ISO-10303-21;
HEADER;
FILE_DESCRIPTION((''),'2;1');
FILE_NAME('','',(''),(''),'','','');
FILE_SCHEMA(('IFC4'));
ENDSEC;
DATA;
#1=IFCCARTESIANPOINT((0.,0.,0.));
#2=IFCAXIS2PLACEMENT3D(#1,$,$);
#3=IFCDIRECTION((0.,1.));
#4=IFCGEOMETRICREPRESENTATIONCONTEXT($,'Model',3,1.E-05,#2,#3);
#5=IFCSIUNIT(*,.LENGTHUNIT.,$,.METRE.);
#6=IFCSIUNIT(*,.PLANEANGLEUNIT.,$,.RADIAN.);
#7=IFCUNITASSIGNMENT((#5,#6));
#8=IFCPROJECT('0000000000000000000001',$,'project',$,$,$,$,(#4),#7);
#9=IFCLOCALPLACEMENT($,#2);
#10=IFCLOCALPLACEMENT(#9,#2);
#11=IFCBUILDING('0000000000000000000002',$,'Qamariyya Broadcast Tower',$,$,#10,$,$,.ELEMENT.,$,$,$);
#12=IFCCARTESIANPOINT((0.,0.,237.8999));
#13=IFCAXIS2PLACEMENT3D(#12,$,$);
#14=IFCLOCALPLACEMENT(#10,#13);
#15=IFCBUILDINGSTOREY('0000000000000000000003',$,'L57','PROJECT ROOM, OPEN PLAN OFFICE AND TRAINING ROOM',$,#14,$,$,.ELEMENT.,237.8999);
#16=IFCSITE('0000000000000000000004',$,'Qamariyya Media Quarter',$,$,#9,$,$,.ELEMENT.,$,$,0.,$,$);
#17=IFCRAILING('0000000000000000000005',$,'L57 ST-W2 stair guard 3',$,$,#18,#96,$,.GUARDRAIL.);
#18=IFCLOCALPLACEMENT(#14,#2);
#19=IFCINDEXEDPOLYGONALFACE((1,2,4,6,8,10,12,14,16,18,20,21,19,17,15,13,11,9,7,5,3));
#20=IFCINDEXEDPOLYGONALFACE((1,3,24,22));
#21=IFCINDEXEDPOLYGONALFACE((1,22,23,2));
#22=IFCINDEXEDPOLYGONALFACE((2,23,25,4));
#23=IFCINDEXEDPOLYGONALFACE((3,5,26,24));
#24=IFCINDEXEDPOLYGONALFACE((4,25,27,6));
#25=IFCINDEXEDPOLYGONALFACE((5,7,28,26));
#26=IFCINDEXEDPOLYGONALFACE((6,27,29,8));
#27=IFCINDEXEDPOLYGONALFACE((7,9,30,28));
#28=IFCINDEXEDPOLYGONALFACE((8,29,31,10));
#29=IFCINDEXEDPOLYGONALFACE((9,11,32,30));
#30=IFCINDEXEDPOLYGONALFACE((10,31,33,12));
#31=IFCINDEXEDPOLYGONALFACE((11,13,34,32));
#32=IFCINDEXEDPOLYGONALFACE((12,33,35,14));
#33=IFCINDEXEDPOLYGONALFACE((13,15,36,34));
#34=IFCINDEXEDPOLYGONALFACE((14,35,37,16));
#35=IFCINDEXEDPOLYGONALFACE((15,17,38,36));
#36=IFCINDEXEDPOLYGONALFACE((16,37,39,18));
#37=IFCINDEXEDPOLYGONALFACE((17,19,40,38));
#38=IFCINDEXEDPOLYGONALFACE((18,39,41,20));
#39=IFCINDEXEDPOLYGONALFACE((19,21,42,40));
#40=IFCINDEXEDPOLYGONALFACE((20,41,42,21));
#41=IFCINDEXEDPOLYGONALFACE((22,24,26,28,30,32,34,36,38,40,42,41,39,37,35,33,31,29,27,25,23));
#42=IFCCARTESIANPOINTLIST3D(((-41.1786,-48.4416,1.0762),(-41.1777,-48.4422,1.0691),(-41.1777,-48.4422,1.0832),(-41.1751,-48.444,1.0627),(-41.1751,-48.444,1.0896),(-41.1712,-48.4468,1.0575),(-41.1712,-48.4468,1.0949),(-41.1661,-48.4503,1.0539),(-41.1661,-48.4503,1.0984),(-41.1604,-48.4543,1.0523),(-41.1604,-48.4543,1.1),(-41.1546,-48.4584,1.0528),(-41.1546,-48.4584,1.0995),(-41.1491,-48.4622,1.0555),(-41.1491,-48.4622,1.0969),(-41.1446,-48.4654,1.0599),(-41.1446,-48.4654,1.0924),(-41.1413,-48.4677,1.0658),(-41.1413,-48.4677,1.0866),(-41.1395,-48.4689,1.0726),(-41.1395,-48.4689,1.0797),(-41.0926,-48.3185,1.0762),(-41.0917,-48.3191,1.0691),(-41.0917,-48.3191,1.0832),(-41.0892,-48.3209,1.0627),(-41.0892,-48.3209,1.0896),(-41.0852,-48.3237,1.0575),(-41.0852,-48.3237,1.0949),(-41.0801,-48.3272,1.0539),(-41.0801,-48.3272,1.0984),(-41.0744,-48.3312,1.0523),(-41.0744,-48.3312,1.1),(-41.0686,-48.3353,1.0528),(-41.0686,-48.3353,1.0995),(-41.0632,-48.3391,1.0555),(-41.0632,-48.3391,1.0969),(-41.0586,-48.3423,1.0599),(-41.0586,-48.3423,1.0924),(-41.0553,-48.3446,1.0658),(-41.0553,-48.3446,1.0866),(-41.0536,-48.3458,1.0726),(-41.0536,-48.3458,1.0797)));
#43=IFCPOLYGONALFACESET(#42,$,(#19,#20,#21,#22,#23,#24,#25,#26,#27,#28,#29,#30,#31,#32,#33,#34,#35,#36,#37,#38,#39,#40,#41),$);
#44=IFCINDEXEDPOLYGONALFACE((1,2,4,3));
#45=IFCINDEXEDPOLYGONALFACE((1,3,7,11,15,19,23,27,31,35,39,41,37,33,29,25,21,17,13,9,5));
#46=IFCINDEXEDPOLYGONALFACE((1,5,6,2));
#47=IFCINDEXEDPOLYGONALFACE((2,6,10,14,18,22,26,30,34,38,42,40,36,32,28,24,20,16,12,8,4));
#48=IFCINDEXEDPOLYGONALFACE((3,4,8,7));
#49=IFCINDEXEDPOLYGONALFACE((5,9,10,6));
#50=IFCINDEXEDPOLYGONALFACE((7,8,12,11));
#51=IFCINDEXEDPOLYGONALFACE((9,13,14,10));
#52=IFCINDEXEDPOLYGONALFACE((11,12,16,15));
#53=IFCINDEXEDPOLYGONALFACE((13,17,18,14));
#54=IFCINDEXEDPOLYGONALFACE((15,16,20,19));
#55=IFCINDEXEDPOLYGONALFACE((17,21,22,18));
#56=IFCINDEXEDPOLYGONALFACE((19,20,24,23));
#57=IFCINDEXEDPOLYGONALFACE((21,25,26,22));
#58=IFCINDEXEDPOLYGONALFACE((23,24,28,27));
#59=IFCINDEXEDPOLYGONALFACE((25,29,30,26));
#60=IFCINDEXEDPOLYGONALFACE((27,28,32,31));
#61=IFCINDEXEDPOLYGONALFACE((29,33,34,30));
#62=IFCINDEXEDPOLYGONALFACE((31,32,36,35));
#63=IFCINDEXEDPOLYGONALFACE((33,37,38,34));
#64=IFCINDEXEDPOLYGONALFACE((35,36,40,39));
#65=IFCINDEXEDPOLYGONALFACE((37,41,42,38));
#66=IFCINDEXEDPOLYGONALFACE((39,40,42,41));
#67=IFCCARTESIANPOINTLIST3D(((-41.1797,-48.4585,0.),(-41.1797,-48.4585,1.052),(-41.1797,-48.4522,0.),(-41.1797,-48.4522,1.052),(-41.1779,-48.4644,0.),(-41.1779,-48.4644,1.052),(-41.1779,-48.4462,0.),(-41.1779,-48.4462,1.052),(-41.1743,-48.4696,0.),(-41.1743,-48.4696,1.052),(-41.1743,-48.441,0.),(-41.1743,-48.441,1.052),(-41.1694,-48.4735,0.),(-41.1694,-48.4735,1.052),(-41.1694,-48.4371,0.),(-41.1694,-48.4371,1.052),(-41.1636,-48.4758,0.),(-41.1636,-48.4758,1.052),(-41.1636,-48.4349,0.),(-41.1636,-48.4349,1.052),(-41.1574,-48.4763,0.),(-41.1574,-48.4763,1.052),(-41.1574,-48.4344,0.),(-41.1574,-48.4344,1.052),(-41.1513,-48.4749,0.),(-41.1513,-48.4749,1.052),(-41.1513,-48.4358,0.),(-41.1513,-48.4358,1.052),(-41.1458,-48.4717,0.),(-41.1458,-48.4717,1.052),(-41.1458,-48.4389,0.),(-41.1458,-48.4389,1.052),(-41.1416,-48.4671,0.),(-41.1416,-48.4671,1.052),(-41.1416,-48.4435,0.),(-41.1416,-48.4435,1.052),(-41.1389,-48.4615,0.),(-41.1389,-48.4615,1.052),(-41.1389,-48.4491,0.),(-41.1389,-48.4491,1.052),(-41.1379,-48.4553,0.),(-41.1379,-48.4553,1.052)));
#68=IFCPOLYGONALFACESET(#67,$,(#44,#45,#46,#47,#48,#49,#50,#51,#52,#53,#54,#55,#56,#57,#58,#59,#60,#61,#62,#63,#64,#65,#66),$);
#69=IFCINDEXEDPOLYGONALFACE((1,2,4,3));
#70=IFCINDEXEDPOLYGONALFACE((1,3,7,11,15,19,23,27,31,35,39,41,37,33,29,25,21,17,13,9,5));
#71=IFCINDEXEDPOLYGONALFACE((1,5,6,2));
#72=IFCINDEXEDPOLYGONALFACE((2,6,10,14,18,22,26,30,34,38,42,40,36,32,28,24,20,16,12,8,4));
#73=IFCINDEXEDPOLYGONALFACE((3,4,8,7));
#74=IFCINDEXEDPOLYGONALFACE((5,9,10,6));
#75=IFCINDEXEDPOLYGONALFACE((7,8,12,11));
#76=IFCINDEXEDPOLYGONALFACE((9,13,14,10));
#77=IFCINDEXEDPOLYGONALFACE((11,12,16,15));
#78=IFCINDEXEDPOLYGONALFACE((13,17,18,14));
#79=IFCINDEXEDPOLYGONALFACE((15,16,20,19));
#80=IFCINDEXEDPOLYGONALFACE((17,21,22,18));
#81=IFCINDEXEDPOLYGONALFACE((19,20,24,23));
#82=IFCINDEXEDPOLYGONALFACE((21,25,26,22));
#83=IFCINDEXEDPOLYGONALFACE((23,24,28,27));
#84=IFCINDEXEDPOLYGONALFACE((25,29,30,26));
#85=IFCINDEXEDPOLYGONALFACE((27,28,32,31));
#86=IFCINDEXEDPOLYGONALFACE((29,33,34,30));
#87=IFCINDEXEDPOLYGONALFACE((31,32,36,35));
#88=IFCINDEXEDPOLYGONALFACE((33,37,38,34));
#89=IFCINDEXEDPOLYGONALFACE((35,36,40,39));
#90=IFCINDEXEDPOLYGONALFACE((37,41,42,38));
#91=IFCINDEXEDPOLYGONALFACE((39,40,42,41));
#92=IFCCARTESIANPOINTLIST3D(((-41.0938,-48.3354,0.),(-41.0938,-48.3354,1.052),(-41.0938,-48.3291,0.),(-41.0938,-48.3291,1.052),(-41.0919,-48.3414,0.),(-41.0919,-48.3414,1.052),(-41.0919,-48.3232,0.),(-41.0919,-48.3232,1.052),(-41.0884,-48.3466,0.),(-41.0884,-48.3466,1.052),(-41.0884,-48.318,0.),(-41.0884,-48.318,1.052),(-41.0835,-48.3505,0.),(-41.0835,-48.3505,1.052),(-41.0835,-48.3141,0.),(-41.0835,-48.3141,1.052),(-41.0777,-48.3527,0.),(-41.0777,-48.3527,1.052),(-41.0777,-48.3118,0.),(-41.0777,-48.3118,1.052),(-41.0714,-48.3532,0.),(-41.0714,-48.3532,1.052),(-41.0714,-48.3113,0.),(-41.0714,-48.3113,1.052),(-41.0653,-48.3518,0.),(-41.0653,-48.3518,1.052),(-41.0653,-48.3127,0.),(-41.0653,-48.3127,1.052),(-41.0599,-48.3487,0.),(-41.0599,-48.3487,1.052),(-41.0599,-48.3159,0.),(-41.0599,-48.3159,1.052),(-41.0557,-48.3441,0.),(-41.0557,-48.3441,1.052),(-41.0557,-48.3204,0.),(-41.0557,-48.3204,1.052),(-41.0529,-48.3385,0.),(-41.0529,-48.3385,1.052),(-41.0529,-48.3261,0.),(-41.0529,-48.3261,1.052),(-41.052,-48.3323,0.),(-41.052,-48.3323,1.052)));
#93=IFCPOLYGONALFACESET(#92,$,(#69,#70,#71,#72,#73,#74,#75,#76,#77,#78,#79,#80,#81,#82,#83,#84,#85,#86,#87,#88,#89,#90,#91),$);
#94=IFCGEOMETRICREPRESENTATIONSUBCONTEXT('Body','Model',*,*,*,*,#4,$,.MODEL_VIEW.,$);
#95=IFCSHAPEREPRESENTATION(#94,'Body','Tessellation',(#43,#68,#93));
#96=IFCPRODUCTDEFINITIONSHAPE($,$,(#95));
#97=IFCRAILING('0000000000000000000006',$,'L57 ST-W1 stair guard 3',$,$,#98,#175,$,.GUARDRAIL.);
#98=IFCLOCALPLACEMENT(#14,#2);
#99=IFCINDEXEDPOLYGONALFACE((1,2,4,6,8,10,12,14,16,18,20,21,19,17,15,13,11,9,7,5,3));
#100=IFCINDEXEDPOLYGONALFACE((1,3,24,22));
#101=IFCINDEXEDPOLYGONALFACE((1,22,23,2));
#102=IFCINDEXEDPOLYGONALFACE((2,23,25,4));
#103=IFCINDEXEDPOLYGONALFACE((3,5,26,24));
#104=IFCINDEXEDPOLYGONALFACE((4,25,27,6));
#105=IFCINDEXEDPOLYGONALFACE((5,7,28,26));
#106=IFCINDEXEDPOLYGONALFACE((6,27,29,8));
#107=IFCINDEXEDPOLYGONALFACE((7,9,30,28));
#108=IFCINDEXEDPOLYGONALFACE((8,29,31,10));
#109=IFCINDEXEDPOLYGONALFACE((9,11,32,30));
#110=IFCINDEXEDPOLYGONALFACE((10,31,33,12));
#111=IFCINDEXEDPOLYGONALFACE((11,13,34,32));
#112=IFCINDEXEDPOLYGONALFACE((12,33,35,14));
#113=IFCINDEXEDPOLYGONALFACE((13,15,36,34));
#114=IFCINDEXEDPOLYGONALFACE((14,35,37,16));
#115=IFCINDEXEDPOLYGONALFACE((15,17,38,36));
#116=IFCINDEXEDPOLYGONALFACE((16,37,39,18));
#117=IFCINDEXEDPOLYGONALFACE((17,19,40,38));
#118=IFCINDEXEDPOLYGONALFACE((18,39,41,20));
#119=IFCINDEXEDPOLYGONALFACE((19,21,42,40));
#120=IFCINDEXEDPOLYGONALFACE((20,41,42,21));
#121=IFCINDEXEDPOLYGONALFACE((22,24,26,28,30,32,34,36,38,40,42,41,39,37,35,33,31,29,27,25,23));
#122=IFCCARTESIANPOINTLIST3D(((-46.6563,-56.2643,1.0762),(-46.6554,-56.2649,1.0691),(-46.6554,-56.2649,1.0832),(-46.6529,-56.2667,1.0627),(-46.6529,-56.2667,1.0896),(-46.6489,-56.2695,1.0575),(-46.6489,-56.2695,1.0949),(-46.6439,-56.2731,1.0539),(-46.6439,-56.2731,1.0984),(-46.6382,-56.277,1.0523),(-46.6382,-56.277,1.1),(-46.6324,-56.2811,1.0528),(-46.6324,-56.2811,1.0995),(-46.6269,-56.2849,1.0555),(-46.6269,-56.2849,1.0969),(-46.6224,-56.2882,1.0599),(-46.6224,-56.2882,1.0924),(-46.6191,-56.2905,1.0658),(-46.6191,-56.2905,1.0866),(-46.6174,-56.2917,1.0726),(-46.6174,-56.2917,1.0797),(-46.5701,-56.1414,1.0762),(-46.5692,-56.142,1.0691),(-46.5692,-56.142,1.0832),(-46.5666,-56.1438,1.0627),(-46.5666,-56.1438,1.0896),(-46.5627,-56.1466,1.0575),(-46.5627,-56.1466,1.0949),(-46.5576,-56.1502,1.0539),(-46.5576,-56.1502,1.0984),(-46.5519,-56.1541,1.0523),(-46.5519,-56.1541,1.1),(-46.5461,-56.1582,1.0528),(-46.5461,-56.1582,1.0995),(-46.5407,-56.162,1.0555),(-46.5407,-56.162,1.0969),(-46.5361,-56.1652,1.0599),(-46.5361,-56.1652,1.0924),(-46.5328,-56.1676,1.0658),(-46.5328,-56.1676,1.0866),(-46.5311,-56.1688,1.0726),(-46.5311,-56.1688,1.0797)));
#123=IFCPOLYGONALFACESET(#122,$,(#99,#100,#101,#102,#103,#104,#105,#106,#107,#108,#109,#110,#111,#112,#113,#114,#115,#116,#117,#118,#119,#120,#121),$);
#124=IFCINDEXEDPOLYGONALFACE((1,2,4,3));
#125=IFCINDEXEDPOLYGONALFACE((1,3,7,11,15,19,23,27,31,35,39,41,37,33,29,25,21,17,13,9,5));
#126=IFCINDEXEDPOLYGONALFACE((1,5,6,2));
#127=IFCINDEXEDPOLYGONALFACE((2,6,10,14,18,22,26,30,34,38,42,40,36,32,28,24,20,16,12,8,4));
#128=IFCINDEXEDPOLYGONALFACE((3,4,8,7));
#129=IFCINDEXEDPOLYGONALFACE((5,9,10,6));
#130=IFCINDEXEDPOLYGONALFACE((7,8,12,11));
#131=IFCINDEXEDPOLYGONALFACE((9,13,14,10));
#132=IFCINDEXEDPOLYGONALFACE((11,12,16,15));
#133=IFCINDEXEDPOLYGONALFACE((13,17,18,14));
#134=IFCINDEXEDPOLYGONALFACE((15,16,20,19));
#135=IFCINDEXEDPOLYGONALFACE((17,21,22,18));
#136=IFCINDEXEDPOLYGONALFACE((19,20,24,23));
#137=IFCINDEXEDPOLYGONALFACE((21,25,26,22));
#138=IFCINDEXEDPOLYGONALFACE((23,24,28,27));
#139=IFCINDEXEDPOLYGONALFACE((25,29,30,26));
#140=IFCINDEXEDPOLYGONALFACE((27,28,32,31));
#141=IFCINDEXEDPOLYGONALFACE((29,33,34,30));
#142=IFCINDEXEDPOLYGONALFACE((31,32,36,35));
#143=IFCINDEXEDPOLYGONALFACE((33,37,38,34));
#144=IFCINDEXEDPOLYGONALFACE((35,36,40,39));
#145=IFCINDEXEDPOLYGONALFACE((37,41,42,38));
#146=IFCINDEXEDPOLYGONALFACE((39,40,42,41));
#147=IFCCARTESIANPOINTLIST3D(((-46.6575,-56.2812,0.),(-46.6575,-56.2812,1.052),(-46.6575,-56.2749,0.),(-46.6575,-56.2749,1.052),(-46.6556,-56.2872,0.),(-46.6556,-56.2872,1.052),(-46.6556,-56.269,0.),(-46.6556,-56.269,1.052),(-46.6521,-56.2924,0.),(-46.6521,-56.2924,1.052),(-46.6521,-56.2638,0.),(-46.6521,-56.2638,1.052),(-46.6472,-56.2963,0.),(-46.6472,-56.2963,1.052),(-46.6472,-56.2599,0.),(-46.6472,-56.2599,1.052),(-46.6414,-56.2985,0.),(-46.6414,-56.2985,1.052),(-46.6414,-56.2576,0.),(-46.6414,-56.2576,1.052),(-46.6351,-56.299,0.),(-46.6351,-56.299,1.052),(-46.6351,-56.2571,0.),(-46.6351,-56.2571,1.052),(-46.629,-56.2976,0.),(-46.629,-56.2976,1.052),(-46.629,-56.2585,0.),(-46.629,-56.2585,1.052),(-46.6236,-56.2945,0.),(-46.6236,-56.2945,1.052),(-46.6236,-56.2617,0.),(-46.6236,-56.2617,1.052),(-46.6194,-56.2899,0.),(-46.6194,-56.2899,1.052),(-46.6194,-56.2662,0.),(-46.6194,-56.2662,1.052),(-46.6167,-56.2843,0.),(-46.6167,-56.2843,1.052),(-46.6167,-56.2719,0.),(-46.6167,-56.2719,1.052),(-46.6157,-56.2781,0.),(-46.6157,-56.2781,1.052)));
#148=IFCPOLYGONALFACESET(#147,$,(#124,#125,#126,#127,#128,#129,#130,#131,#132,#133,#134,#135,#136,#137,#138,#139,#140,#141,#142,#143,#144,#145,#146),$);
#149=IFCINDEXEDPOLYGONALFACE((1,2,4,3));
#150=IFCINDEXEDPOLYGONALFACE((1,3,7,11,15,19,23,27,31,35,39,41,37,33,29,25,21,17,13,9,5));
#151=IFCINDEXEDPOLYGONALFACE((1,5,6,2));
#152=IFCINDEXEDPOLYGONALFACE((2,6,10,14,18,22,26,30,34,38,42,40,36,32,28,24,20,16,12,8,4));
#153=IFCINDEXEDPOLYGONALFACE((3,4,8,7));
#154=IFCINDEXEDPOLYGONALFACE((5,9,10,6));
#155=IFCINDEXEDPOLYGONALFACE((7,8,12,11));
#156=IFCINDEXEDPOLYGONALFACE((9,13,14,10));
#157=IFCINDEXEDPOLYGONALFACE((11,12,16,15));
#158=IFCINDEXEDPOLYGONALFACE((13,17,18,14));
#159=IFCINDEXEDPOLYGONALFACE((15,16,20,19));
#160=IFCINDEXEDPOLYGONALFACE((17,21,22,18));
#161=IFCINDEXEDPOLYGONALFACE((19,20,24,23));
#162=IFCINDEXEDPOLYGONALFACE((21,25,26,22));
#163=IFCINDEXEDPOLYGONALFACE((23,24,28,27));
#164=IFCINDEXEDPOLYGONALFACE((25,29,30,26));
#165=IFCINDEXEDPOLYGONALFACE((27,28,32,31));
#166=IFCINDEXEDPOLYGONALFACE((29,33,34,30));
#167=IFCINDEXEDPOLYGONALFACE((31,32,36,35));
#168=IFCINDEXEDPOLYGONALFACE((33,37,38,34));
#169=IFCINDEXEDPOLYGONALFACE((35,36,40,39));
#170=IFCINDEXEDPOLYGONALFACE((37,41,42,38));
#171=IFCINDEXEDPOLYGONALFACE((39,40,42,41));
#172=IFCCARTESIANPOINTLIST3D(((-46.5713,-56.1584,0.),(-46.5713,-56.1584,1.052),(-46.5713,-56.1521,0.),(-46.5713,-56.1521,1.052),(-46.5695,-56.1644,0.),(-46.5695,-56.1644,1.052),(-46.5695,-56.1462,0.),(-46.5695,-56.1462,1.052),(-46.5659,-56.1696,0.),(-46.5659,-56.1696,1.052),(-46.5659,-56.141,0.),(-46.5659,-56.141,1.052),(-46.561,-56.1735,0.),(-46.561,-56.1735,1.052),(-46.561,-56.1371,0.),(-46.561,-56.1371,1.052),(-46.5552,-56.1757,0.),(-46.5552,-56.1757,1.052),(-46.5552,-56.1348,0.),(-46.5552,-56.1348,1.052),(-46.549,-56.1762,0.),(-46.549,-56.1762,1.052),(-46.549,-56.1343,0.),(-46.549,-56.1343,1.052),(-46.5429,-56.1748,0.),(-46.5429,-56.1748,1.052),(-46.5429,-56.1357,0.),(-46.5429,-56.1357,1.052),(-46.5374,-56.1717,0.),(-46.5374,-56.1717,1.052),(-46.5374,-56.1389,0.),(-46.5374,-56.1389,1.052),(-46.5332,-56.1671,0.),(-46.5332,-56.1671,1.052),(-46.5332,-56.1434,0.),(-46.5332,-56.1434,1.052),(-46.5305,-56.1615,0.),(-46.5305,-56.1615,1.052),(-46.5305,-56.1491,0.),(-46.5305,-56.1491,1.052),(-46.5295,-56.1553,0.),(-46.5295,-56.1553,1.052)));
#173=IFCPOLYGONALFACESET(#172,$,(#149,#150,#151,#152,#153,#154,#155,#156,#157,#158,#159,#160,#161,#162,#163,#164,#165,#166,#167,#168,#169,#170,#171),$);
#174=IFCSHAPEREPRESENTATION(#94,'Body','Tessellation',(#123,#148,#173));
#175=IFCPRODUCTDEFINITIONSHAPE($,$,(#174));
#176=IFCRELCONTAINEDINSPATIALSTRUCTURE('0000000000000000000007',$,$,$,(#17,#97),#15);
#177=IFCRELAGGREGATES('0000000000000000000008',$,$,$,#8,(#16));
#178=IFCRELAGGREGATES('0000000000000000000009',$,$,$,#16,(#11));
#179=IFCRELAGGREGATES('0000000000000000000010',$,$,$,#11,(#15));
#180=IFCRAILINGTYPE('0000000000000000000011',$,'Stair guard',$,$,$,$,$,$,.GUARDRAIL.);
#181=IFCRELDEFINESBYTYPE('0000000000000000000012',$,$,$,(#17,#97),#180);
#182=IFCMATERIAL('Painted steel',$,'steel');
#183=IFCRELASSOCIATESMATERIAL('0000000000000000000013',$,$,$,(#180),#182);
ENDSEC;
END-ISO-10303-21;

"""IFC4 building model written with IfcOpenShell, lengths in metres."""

from ifc_helpers import new_model, si_unit, direction, frame, origin, origin_2d, place, context, subcontext, project, spatial, circle, extrude, material, type_object, element, save


model = new_model("IFC4")

# Units and contexts
model_context = context("Model", 3, precision=1e-05, world=origin(), true_north=direction((0.0, 1.0)))
body_context = subcontext(model_context, "Body", "Model", "MODEL_VIEW")
ifc_project = project(units=[si_unit("LENGTHUNIT", "METRE"), si_unit("PLANEANGLEUNIT", "RADIAN")], contexts=[model_context])

# Site, building, storey
site_placement = place(None, origin())
site = spatial("IfcSite", under=ifc_project, at=site_placement, Name="Qamariyya Media Quarter", CompositionType="ELEMENT", RefElevation=0.0)
building_placement = place(site_placement, origin())
building = spatial("IfcBuilding", under=site, at=building_placement, Name="Qamariyya Broadcast Tower", CompositionType="ELEMENT")
storey_placement = place(building_placement, frame((0.0, 0.0, 237.8999)))
storey = spatial("IfcBuildingStorey", under=building, at=storey_placement, Name="L57", Description="PROJECT ROOM, OPEN PLAN OFFICE AND TRAINING ROOM", CompositionType="ELEMENT", Elevation=237.8999)

# Railings
ifc_material_1 = material(Name="Painted steel", Category="steel")
railing_type_1 = type_object("IfcRailingType", Name="Stair guard", PredefinedType="GUARDRAIL", material=ifc_material_1)
railing_1_placement = place(storey_placement, frame((-41.1589, -48.4553, 0.0)))
element("IfcRailing", 1, at=railing_1_placement, inside=storey, type_object=railing_type_1, Name="L57 ST-W2 stair guard 3", PredefinedType="GUARDRAIL", context=body_context, shape_type="SweptSolid", body=[
    extrude(circle(Radius=0.0239, at=origin_2d()), frame((0.0, 0.0, 1.0762), z_axis=(0.572589, 0.819843, 0.0), x_axis=(-0.819843, 0.572589, 0.0)), (0.0, 0.0, 1.0), 0.1501),
    extrude(circle(Radius=0.021, at=origin_2d()), origin(), (0.0, 0.0, 1.0), 1.052),
    extrude(circle(Radius=0.021, at=origin_2d()), frame((0.0859, 0.123, 0.0)), (0.0, 0.0, 1.0), 1.052),
])
railing_2_placement = place(storey_placement, frame((-46.6367, -56.2781, 0.0)))
element("IfcRailing", 2, at=railing_2_placement, inside=storey, type_object=railing_type_1, Name="L57 ST-W1 stair guard 3", PredefinedType="GUARDRAIL", context=body_context, shape_type="SweptSolid", body=[
    extrude(circle(Radius=0.0239, at=origin_2d()), frame((0.0, 0.0, 1.0762), z_axis=(0.574445, 0.818543, 0.0), x_axis=(-0.818543, 0.574445, 0.0)), (0.0, 0.0, 1.0), 0.1501),
    extrude(circle(Radius=0.021, at=origin_2d()), origin(), (0.0, 0.0, 1.0), 1.052),
    extrude(circle(Radius=0.021, at=origin_2d()), frame((0.0862, 0.1228, 0.0)), (0.0, 0.0, 1.0), 1.052),
])

save(model, "model.ifc")
